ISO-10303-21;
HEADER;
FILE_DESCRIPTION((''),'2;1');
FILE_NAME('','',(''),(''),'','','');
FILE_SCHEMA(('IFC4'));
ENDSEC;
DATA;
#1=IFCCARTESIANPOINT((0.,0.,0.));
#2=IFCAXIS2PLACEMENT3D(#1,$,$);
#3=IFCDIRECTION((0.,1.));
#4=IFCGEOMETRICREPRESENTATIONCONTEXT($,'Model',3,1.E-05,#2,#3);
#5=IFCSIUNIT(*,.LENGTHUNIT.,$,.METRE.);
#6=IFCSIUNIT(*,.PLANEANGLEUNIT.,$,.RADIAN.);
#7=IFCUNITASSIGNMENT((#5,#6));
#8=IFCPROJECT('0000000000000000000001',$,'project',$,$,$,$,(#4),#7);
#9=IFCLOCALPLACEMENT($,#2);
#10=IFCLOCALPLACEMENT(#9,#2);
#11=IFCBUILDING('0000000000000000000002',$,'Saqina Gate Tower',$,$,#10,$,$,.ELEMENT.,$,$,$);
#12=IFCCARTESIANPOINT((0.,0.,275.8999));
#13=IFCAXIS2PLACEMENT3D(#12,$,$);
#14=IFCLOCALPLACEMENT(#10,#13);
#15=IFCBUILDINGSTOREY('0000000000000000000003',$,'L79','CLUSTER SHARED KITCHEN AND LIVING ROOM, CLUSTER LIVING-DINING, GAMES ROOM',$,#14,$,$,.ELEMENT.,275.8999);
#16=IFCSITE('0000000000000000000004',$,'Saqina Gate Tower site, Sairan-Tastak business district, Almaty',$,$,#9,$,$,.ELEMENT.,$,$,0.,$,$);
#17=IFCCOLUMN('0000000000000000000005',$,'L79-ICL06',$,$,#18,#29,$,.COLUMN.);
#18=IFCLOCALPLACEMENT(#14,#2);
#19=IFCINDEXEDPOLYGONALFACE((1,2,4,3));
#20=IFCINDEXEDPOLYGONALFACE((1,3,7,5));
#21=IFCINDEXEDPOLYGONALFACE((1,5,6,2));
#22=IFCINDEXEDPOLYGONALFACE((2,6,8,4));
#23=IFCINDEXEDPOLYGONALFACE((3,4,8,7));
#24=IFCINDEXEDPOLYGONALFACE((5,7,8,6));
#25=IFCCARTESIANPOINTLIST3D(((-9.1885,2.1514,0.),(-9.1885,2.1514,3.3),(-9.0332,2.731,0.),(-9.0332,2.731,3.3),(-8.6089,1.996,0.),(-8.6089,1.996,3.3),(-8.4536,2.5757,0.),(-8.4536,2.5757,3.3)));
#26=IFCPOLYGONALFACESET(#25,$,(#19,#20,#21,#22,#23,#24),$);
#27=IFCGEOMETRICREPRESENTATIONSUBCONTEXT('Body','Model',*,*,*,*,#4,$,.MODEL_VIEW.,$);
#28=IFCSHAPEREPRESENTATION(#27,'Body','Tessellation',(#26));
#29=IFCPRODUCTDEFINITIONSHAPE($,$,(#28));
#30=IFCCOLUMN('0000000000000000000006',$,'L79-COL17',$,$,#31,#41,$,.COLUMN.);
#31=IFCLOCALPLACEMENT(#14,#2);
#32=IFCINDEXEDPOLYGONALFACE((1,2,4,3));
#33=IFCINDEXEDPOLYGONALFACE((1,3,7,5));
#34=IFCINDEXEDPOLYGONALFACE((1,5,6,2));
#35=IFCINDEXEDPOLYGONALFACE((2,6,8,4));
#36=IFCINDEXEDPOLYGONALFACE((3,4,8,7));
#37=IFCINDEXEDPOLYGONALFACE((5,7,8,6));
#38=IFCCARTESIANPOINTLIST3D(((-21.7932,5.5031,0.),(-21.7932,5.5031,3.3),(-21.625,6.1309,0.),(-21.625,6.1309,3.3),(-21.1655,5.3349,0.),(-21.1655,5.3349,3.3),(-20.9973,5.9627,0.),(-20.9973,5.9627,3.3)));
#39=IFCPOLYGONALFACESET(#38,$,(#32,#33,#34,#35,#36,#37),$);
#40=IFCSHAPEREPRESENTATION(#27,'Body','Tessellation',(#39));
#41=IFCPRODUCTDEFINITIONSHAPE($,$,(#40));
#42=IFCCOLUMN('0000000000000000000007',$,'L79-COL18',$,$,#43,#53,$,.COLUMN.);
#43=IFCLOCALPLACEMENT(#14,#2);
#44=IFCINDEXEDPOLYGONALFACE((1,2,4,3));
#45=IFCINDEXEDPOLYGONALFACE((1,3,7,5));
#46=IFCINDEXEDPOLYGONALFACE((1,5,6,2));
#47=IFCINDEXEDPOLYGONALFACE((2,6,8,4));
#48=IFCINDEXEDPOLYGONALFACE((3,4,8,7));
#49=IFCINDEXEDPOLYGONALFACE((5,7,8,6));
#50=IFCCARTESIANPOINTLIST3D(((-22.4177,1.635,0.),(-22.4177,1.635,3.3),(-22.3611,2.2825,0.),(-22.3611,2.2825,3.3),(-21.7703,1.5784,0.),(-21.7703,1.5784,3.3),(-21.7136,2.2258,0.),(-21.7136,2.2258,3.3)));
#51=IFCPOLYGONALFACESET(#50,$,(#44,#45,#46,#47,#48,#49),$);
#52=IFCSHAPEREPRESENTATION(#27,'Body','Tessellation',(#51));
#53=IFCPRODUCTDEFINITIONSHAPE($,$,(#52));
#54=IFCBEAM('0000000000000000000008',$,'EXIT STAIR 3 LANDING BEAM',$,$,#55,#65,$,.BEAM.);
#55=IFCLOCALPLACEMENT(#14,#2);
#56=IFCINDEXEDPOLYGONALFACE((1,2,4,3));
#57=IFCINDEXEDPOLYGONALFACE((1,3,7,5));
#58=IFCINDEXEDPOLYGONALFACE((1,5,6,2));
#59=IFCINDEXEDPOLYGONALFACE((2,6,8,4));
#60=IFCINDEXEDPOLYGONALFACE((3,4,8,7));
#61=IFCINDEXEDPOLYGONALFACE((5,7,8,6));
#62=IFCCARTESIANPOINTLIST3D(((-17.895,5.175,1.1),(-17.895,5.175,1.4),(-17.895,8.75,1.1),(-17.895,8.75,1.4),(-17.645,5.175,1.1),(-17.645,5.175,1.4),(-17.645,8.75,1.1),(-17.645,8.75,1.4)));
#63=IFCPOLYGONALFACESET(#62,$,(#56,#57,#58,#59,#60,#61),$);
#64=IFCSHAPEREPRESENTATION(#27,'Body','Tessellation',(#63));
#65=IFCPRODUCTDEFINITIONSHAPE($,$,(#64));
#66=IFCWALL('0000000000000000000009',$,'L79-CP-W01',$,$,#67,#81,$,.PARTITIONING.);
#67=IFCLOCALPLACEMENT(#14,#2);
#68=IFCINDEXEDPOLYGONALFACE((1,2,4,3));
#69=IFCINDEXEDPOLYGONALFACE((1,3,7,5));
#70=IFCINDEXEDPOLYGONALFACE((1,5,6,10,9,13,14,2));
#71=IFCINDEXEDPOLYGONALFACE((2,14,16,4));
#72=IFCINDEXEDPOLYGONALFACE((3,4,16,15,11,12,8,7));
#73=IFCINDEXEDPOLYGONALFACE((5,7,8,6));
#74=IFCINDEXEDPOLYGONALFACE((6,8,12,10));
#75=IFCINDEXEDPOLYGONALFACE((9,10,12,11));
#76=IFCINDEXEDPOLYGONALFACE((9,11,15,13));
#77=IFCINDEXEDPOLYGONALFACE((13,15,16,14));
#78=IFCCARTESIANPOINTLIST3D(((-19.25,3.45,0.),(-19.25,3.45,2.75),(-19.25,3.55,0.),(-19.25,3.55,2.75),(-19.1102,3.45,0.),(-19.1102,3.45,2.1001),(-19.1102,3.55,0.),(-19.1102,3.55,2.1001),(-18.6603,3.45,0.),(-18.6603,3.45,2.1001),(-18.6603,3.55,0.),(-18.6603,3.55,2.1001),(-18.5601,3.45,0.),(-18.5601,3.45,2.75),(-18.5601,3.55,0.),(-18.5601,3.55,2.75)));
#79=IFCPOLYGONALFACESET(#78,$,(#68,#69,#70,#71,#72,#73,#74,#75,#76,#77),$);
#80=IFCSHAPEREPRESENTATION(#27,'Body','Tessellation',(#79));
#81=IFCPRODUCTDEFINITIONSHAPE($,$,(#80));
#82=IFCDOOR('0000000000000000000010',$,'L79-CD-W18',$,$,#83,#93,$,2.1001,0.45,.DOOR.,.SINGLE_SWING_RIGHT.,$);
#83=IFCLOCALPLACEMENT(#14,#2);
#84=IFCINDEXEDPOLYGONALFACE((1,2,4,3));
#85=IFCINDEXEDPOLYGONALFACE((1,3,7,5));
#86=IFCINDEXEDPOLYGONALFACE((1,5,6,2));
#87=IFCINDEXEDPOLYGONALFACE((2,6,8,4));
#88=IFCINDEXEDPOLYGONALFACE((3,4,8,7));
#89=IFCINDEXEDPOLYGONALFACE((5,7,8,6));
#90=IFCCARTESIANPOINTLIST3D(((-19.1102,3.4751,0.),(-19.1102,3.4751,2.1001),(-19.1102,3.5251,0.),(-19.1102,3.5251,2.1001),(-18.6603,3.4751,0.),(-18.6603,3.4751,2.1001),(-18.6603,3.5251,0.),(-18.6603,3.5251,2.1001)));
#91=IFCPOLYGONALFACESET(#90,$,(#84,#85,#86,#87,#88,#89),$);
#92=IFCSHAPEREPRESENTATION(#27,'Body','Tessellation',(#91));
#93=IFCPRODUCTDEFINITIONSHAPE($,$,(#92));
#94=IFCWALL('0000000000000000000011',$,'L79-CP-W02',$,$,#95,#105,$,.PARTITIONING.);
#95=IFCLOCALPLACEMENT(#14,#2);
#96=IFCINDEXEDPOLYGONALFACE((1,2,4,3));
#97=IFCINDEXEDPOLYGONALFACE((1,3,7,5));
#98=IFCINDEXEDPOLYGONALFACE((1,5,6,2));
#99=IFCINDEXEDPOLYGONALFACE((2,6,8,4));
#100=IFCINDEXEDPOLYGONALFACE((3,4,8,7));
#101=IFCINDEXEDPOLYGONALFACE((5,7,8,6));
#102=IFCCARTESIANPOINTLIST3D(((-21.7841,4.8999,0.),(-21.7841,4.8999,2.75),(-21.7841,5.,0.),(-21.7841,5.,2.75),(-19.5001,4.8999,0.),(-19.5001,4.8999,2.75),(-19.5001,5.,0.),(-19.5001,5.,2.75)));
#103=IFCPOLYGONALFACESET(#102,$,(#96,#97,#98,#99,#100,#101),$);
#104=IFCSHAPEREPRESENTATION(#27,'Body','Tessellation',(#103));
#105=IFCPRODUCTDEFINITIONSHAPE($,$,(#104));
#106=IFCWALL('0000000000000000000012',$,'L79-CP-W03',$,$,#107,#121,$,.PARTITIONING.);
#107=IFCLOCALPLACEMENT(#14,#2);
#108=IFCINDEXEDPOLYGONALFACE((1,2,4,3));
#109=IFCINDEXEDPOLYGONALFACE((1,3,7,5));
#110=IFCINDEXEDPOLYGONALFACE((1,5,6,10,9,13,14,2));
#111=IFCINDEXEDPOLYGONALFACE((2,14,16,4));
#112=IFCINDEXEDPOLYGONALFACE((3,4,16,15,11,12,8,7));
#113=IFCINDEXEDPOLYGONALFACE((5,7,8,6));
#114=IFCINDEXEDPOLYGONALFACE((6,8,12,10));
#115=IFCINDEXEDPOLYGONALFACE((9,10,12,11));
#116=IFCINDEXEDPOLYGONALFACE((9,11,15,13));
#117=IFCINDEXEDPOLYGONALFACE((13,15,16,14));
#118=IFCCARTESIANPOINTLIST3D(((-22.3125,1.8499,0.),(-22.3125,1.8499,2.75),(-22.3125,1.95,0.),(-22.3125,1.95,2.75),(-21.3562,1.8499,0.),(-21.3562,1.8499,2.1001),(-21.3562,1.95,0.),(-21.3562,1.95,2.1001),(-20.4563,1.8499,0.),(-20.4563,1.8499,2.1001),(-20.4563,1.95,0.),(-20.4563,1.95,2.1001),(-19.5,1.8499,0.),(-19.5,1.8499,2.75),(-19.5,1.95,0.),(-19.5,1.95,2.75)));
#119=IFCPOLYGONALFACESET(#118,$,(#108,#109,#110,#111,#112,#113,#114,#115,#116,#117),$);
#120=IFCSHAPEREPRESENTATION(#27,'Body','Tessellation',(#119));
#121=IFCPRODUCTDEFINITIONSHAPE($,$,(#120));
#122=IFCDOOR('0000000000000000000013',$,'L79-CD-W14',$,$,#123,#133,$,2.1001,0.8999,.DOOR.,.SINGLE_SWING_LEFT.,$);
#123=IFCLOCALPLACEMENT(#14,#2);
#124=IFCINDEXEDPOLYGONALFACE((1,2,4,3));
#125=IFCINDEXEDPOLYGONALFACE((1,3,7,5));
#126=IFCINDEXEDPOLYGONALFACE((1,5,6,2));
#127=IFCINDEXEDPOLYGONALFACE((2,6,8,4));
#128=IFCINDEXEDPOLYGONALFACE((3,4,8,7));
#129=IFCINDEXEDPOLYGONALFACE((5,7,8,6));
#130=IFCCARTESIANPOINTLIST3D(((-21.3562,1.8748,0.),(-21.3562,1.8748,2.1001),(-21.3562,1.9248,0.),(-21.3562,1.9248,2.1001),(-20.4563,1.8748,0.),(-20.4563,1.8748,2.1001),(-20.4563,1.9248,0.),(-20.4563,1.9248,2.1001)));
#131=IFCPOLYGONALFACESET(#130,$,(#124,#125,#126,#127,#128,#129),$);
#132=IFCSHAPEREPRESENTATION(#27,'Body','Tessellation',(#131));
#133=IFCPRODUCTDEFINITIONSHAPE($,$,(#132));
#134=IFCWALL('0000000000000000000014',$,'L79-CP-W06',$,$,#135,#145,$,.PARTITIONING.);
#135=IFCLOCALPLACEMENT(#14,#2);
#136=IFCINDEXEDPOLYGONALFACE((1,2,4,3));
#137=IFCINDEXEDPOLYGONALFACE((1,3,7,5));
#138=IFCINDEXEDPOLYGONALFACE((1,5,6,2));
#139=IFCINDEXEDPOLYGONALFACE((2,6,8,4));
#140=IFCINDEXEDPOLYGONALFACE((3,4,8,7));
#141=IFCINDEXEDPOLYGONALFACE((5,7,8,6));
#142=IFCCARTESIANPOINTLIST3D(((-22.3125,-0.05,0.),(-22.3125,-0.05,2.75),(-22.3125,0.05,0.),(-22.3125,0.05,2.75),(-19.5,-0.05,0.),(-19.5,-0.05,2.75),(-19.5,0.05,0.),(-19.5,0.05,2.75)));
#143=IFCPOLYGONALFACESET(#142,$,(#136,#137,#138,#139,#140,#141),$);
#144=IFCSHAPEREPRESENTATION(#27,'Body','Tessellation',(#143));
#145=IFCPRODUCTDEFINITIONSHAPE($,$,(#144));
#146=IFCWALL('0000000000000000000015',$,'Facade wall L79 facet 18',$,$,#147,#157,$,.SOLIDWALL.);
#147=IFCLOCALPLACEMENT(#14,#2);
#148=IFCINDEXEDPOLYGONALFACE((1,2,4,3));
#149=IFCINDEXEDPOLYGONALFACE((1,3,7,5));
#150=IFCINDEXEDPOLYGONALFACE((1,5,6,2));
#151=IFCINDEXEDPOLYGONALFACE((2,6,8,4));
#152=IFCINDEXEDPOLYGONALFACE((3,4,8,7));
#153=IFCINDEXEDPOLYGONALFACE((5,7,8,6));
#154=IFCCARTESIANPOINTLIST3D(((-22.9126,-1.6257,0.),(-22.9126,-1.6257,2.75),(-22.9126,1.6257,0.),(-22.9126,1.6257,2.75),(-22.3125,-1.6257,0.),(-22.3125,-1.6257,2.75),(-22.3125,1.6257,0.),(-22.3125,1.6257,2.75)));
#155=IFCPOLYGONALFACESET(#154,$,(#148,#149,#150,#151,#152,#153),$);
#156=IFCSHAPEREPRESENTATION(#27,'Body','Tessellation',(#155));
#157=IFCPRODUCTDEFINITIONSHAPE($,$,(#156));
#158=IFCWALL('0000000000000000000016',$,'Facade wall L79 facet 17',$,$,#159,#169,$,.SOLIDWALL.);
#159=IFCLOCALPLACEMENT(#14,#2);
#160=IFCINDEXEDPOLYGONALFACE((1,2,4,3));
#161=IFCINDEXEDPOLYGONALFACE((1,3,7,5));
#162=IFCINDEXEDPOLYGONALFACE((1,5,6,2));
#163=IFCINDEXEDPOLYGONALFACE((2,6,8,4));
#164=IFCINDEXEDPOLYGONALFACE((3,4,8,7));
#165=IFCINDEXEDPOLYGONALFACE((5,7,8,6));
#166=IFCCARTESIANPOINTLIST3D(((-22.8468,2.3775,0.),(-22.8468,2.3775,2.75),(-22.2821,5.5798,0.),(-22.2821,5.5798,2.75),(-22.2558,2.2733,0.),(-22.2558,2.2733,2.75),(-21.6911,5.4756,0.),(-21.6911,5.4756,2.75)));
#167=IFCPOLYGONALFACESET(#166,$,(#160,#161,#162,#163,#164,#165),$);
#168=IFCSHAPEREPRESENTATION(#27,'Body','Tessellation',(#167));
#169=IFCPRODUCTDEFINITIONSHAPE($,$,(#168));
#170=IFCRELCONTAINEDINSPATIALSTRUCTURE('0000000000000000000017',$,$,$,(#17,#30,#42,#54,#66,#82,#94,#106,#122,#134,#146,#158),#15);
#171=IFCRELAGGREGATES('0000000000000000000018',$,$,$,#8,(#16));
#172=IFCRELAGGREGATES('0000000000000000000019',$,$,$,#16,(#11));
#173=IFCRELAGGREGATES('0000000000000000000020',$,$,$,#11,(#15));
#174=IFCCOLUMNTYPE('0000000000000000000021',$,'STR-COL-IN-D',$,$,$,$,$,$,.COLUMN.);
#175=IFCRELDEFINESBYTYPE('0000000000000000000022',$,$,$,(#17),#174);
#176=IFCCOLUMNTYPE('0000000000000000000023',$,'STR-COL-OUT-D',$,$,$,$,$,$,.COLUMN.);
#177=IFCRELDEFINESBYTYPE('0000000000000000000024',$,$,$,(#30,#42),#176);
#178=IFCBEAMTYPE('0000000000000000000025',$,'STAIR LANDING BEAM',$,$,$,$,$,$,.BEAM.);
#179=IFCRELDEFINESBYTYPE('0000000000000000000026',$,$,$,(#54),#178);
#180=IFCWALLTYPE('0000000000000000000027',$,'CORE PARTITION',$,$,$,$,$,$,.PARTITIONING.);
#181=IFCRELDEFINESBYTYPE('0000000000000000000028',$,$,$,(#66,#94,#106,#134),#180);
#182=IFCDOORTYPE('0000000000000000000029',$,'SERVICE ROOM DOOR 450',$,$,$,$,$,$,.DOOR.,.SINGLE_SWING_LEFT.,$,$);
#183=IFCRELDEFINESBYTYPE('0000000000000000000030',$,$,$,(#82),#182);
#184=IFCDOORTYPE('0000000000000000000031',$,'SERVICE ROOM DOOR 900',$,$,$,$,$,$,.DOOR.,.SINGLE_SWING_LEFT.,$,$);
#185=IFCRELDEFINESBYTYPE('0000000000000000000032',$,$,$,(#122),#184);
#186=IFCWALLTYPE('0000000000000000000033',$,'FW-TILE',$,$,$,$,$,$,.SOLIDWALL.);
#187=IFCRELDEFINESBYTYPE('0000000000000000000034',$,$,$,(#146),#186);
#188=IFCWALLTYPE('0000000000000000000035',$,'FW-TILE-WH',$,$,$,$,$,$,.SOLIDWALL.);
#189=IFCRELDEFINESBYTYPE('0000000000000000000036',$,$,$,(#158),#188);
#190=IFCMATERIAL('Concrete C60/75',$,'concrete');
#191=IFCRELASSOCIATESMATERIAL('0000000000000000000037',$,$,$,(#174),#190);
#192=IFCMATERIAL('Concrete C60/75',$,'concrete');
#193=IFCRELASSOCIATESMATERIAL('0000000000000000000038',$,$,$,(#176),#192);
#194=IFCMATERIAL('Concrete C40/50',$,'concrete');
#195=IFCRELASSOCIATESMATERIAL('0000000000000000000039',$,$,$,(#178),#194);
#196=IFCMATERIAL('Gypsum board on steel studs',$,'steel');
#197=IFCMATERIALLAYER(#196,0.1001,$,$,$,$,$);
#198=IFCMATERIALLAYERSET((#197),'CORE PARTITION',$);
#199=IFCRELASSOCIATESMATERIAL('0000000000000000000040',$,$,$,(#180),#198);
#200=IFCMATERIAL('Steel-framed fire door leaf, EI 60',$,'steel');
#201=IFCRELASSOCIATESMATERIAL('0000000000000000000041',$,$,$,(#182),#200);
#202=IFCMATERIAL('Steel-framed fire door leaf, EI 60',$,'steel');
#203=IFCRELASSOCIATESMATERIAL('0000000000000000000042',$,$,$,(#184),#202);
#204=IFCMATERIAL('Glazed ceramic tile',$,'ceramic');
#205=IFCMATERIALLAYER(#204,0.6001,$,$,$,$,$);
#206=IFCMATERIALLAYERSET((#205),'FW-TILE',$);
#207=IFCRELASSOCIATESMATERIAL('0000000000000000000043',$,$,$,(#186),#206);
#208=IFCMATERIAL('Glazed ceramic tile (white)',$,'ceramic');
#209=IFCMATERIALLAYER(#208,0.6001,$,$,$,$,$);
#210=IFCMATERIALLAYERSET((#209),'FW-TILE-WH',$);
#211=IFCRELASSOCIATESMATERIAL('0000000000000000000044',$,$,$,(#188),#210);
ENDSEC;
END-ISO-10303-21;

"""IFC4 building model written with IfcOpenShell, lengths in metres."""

from ifc_helpers import new_model, si_unit, direction, frame, frame_2d, origin, origin_2d, place, context, subcontext, project, spatial, rectangle, extrude, material, layer, layer_set, material_profile, profile_set, type_object, element, fill, save


model = new_model("IFC4")

# Units and contexts
model_context = context("Model", 3, precision=1e-05, world=origin(), true_north=direction((0.0, 1.0)))
body_context = subcontext(model_context, "Body", "Model", "MODEL_VIEW")
ifc_project = project(units=[si_unit("LENGTHUNIT", "METRE"), si_unit("PLANEANGLEUNIT", "RADIAN")], contexts=[model_context])

# Site, building, storey
site_placement = place(None, origin())
site = spatial("IfcSite", under=ifc_project, at=site_placement, Name="Saqina Gate Tower site, Sairan-Tastak business district, Almaty", CompositionType="ELEMENT", RefElevation=0.0)
building_placement = place(site_placement, origin())
building = spatial("IfcBuilding", under=site, at=building_placement, Name="Saqina Gate Tower", CompositionType="ELEMENT")
storey_placement = place(building_placement, frame((0.0, 0.0, 275.8999)))
storey = spatial("IfcBuildingStorey", under=building, at=storey_placement, Name="L79", Description="CLUSTER SHARED KITCHEN AND LIVING ROOM, CLUSTER LIVING-DINING, GAMES ROOM", CompositionType="ELEMENT", Elevation=275.8999)

# Columns
ifc_material_1 = material(Name="Concrete C60/75", Category="concrete")
ifc_material_profile_1 = material_profile(ifc_material_1, rectangle(XDim=0.6001, YDim=0.6001, at=origin_2d()), Name="RC 600x600")
ifc_profile_set_1 = profile_set([ifc_material_profile_1], Name="Concrete C60/75")
column_type_1 = type_object("IfcColumnType", Name="STR-COL-IN-D", PredefinedType="COLUMN", material=ifc_profile_set_1)
column_placement = place(storey_placement, frame((-8.821, 2.3635, 0.0), z_axis=(0.0, 0.0, 1.0), x_axis=(-0.965926, 0.258819, 0.0)))
element("IfcColumn", 1, at=column_placement, inside=storey, type_object=column_type_1, Name="L79-ICL06", PredefinedType="COLUMN", context=body_context, shape_type="SweptSolid", body=[
    extrude(rectangle(XDim=0.6001, YDim=0.6001, at=origin_2d()), origin(), (0.0, 0.0, 1.0), 3.3),
])
ifc_material_2 = material(Name="Concrete C60/75", Category="concrete")
ifc_material_profile_2 = material_profile(ifc_material_2, rectangle(XDim=0.6499, YDim=0.6499, at=origin_2d()), Name="RC 650x650")
ifc_profile_set_2 = profile_set([ifc_material_profile_2], Name="Concrete C60/75")
column_type_2 = type_object("IfcColumnType", Name="STR-COL-OUT-D", PredefinedType="COLUMN", material=ifc_profile_set_2)
for number, where, z_axis, x_axis, name in (
    (2, (-21.3953, 5.7329, 0.0), (0.0, 0.0, 1.0), (-0.965926, 0.258819, 0.0), "L79-COL17"),
    (3, (-22.0657, 1.9304, 0.0), (0.0, 0.0, 1.0), (-0.996195, 0.087156, 0.0), "L79-COL18"),
):
    element("IfcColumn", number, at=place(storey_placement, frame(where, z_axis=z_axis, x_axis=x_axis)), inside=storey, type_object=column_type_2, Name=name, PredefinedType="COLUMN", context=body_context, shape_type="SweptSolid", body=[
        extrude(rectangle(XDim=0.6499, YDim=0.6499, at=origin_2d()), origin(), (0.0, 0.0, 1.0), 3.3),
    ])

# Beam
ifc_material_3 = material(Name="Concrete C40/50", Category="concrete")
ifc_material_profile_3 = material_profile(ifc_material_3, rectangle(XDim=0.25, YDim=0.3, at=origin_2d()), Name="STAIR LANDING BEAM")
ifc_profile_set_3 = profile_set([ifc_material_profile_3], Name="Concrete C40/50")
beam_type = type_object("IfcBeamType", Name="STAIR LANDING BEAM", PredefinedType="BEAM", material=ifc_profile_set_3)
beam_placement = place(storey_placement, frame((-17.77, 5.175, 1.25), z_axis=(0.0, 1.0, 0.0), x_axis=(-1.0, 0.0, 0.0)))
element("IfcBeam", 4, at=beam_placement, inside=storey, type_object=beam_type, Name="EXIT STAIR 3 LANDING BEAM", PredefinedType="BEAM", context=body_context, shape_type="SweptSolid", body=[
    extrude(rectangle(XDim=0.25, YDim=0.3, at=origin_2d()), origin(), (0.0, 0.0, 1.0), 3.575),
])

# Wall, opening, door
ifc_material_4 = material(Name="Gypsum board on steel studs", Category="steel")
ifc_layer_1 = layer(ifc_material_4, 0.1001)
ifc_layer_set_1 = layer_set([ifc_layer_1], Name="CORE PARTITION")
wall_type_1 = type_object("IfcWallType", Name="CORE PARTITION", PredefinedType="PARTITIONING", material=ifc_layer_set_1)
wall_1_placement = place(storey_placement, frame((-18.5601, 3.5, 0.0), z_axis=(0.0, 0.0, 1.0), x_axis=(-1.0, 0.0, 0.0)))
wall_1 = element("IfcWall", 5, at=wall_1_placement, inside=storey, type_object=wall_type_1, Name="L79-CP-W01", PredefinedType="PARTITIONING", context=body_context, shape_type="SweptSolid", body=[
    extrude(rectangle(XDim=0.6899, YDim=0.1001, at=frame_2d((0.345, 0.0))), origin(), (0.0, 0.0, 1.0), 2.75),
])
opening_1_placement = place(wall_1_placement, frame((0.1001, 0.0, 0.0)))
opening_1 = element("IfcOpeningElement", 6, at=opening_1_placement, cuts=wall_1, PredefinedType="OPENING", context=body_context, shape_type="SweptSolid", body=[
    extrude(rectangle(XDim=0.45, YDim=2.1001, at=frame_2d((0.2251, 1.05))), frame((0.0, 0.062, 0.0), z_axis=(0.0, -1.0, 0.0), x_axis=(1.0, 0.0, 0.0)), (0.0, 0.0, 1.0), 0.124),
])
ifc_material_5 = material(Name="Steel-framed fire door leaf, EI 60", Category="steel")
door_type_1 = type_object("IfcDoorType", Name="SERVICE ROOM DOOR 450", OperationType="SINGLE_SWING_LEFT", PredefinedType="DOOR", material=ifc_material_5)
door_1_placement = place(opening_1_placement, origin())
door_1 = element("IfcDoor", 7, at=door_1_placement, inside=storey, type_object=door_type_1, Name="L79-CD-W18", OperationType="SINGLE_SWING_RIGHT", OverallHeight=2.1001, OverallWidth=0.45, PredefinedType="DOOR", context=body_context, shape_type="SweptSolid", body=[
    extrude(rectangle(XDim=0.45, YDim=2.1001, at=frame_2d((0.2251, 1.05))), frame((0.0, 0.0249, 0.0), z_axis=(0.0, -1.0, 0.0), x_axis=(1.0, 0.0, 0.0)), (0.0, 0.0, 1.0), 0.05),
])
fill(opening_1, door_1)

# Wall
wall_2_placement = place(storey_placement, frame((-19.5, 4.95, 0.0), z_axis=(0.0, 0.0, 1.0), x_axis=(-1.0, 0.0, 0.0)))
element("IfcWall", 8, at=wall_2_placement, inside=storey, type_object=wall_type_1, Name="L79-CP-W02", PredefinedType="PARTITIONING", context=body_context, shape_type="SweptSolid", body=[
    extrude(rectangle(XDim=2.2839, YDim=0.1001, at=frame_2d((1.1421, 0.0))), origin(), (0.0, 0.0, 1.0), 2.75),
])

# Wall, opening, door
wall_3_placement = place(storey_placement, frame((-19.5, 1.8999, 0.0), z_axis=(0.0, 0.0, 1.0), x_axis=(-1.0, 0.0, 0.0)))
wall_3 = element("IfcWall", 9, at=wall_3_placement, inside=storey, type_object=wall_type_1, Name="L79-CP-W03", PredefinedType="PARTITIONING", context=body_context, shape_type="SweptSolid", body=[
    extrude(rectangle(XDim=2.8125, YDim=0.1001, at=frame_2d((1.4062, 0.0))), origin(), (0.0, 0.0, 1.0), 2.75),
])
opening_2_placement = place(wall_3_placement, frame((0.9563, 0.0, 0.0)))
opening_2 = element("IfcOpeningElement", 10, at=opening_2_placement, cuts=wall_3, PredefinedType="OPENING", context=body_context, shape_type="SweptSolid", body=[
    extrude(rectangle(XDim=0.8999, YDim=2.1001, at=frame_2d((0.45, 1.05))), frame((0.0, 0.062, 0.0), z_axis=(0.0, -1.0, 0.0), x_axis=(1.0, 0.0, 0.0)), (0.0, 0.0, 1.0), 0.124),
])
ifc_material_6 = material(Name="Steel-framed fire door leaf, EI 60", Category="steel")
door_type_2 = type_object("IfcDoorType", Name="SERVICE ROOM DOOR 900", OperationType="SINGLE_SWING_LEFT", PredefinedType="DOOR", material=ifc_material_6)
door_2_placement = place(opening_2_placement, frame((0.8999, 0.0, 0.0), z_axis=(0.0, 0.0, 1.0), x_axis=(-1.0, 0.0, 0.0)))
door_2 = element("IfcDoor", 11, at=door_2_placement, inside=storey, type_object=door_type_2, Name="L79-CD-W14", OperationType="SINGLE_SWING_LEFT", OverallHeight=2.1001, OverallWidth=0.8999, PredefinedType="DOOR", context=body_context, shape_type="SweptSolid", body=[
    extrude(rectangle(XDim=0.8999, YDim=2.1001, at=frame_2d((0.45, 1.05))), frame((0.0, 0.0249, 0.0), z_axis=(0.0, -1.0, 0.0), x_axis=(1.0, 0.0, 0.0)), (0.0, 0.0, 1.0), 0.05),
])
fill(opening_2, door_2)

# Walls
wall_4_placement = place(storey_placement, frame((-19.5, 0.0, 0.0), z_axis=(0.0, 0.0, 1.0), x_axis=(-1.0, 0.0, 0.0)))
element("IfcWall", 12, at=wall_4_placement, inside=storey, type_object=wall_type_1, Name="L79-CP-W06", PredefinedType="PARTITIONING", context=body_context, shape_type="SweptSolid", body=[
    extrude(rectangle(XDim=2.8125, YDim=0.1001, at=frame_2d((1.4062, 0.0))), origin(), (0.0, 0.0, 1.0), 2.75),
])
ifc_material_7 = material(Name="Glazed ceramic tile", Category="ceramic")
ifc_layer_2 = layer(ifc_material_7, 0.6001)
ifc_layer_set_2 = layer_set([ifc_layer_2], Name="FW-TILE")
wall_type_2 = type_object("IfcWallType", Name="FW-TILE", PredefinedType="SOLIDWALL", material=ifc_layer_set_2)
wall_5_placement = place(storey_placement, frame((-22.6125, 1.6257, 0.0), z_axis=(0.0, 0.0, 1.0), x_axis=(0.0, -1.0, 0.0)))
element("IfcWall", 13, at=wall_5_placement, inside=storey, type_object=wall_type_2, Name="Facade wall L79 facet 18", PredefinedType="SOLIDWALL", context=body_context, shape_type="SweptSolid", body=[
    extrude(rectangle(XDim=3.2515, YDim=0.6001, at=frame_2d((1.6257, 0.0))), origin(), (0.0, 0.0, 1.0), 2.75),
])
ifc_material_8 = material(Name="Glazed ceramic tile (white)", Category="ceramic")
ifc_layer_3 = layer(ifc_material_8, 0.6001)
ifc_layer_set_3 = layer_set([ifc_layer_3], Name="FW-TILE-WH")
wall_type_3 = type_object("IfcWallType", Name="FW-TILE-WH", PredefinedType="SOLIDWALL", material=ifc_layer_set_3)
wall_6_placement = place(storey_placement, frame((-21.9866, 5.5278, 0.0), z_axis=(0.0, 0.0, 1.0), x_axis=(-0.173657, -0.984806, 0.0)))
element("IfcWall", 14, at=wall_6_placement, inside=storey, type_object=wall_type_3, Name="Facade wall L79 facet 17", PredefinedType="SOLIDWALL", context=body_context, shape_type="SweptSolid", body=[
    extrude(rectangle(XDim=3.2517, YDim=0.6001, at=frame_2d((1.626, 0.0))), origin(), (0.0, 0.0, 1.0), 2.75),
])

save(model, "model.ifc")
